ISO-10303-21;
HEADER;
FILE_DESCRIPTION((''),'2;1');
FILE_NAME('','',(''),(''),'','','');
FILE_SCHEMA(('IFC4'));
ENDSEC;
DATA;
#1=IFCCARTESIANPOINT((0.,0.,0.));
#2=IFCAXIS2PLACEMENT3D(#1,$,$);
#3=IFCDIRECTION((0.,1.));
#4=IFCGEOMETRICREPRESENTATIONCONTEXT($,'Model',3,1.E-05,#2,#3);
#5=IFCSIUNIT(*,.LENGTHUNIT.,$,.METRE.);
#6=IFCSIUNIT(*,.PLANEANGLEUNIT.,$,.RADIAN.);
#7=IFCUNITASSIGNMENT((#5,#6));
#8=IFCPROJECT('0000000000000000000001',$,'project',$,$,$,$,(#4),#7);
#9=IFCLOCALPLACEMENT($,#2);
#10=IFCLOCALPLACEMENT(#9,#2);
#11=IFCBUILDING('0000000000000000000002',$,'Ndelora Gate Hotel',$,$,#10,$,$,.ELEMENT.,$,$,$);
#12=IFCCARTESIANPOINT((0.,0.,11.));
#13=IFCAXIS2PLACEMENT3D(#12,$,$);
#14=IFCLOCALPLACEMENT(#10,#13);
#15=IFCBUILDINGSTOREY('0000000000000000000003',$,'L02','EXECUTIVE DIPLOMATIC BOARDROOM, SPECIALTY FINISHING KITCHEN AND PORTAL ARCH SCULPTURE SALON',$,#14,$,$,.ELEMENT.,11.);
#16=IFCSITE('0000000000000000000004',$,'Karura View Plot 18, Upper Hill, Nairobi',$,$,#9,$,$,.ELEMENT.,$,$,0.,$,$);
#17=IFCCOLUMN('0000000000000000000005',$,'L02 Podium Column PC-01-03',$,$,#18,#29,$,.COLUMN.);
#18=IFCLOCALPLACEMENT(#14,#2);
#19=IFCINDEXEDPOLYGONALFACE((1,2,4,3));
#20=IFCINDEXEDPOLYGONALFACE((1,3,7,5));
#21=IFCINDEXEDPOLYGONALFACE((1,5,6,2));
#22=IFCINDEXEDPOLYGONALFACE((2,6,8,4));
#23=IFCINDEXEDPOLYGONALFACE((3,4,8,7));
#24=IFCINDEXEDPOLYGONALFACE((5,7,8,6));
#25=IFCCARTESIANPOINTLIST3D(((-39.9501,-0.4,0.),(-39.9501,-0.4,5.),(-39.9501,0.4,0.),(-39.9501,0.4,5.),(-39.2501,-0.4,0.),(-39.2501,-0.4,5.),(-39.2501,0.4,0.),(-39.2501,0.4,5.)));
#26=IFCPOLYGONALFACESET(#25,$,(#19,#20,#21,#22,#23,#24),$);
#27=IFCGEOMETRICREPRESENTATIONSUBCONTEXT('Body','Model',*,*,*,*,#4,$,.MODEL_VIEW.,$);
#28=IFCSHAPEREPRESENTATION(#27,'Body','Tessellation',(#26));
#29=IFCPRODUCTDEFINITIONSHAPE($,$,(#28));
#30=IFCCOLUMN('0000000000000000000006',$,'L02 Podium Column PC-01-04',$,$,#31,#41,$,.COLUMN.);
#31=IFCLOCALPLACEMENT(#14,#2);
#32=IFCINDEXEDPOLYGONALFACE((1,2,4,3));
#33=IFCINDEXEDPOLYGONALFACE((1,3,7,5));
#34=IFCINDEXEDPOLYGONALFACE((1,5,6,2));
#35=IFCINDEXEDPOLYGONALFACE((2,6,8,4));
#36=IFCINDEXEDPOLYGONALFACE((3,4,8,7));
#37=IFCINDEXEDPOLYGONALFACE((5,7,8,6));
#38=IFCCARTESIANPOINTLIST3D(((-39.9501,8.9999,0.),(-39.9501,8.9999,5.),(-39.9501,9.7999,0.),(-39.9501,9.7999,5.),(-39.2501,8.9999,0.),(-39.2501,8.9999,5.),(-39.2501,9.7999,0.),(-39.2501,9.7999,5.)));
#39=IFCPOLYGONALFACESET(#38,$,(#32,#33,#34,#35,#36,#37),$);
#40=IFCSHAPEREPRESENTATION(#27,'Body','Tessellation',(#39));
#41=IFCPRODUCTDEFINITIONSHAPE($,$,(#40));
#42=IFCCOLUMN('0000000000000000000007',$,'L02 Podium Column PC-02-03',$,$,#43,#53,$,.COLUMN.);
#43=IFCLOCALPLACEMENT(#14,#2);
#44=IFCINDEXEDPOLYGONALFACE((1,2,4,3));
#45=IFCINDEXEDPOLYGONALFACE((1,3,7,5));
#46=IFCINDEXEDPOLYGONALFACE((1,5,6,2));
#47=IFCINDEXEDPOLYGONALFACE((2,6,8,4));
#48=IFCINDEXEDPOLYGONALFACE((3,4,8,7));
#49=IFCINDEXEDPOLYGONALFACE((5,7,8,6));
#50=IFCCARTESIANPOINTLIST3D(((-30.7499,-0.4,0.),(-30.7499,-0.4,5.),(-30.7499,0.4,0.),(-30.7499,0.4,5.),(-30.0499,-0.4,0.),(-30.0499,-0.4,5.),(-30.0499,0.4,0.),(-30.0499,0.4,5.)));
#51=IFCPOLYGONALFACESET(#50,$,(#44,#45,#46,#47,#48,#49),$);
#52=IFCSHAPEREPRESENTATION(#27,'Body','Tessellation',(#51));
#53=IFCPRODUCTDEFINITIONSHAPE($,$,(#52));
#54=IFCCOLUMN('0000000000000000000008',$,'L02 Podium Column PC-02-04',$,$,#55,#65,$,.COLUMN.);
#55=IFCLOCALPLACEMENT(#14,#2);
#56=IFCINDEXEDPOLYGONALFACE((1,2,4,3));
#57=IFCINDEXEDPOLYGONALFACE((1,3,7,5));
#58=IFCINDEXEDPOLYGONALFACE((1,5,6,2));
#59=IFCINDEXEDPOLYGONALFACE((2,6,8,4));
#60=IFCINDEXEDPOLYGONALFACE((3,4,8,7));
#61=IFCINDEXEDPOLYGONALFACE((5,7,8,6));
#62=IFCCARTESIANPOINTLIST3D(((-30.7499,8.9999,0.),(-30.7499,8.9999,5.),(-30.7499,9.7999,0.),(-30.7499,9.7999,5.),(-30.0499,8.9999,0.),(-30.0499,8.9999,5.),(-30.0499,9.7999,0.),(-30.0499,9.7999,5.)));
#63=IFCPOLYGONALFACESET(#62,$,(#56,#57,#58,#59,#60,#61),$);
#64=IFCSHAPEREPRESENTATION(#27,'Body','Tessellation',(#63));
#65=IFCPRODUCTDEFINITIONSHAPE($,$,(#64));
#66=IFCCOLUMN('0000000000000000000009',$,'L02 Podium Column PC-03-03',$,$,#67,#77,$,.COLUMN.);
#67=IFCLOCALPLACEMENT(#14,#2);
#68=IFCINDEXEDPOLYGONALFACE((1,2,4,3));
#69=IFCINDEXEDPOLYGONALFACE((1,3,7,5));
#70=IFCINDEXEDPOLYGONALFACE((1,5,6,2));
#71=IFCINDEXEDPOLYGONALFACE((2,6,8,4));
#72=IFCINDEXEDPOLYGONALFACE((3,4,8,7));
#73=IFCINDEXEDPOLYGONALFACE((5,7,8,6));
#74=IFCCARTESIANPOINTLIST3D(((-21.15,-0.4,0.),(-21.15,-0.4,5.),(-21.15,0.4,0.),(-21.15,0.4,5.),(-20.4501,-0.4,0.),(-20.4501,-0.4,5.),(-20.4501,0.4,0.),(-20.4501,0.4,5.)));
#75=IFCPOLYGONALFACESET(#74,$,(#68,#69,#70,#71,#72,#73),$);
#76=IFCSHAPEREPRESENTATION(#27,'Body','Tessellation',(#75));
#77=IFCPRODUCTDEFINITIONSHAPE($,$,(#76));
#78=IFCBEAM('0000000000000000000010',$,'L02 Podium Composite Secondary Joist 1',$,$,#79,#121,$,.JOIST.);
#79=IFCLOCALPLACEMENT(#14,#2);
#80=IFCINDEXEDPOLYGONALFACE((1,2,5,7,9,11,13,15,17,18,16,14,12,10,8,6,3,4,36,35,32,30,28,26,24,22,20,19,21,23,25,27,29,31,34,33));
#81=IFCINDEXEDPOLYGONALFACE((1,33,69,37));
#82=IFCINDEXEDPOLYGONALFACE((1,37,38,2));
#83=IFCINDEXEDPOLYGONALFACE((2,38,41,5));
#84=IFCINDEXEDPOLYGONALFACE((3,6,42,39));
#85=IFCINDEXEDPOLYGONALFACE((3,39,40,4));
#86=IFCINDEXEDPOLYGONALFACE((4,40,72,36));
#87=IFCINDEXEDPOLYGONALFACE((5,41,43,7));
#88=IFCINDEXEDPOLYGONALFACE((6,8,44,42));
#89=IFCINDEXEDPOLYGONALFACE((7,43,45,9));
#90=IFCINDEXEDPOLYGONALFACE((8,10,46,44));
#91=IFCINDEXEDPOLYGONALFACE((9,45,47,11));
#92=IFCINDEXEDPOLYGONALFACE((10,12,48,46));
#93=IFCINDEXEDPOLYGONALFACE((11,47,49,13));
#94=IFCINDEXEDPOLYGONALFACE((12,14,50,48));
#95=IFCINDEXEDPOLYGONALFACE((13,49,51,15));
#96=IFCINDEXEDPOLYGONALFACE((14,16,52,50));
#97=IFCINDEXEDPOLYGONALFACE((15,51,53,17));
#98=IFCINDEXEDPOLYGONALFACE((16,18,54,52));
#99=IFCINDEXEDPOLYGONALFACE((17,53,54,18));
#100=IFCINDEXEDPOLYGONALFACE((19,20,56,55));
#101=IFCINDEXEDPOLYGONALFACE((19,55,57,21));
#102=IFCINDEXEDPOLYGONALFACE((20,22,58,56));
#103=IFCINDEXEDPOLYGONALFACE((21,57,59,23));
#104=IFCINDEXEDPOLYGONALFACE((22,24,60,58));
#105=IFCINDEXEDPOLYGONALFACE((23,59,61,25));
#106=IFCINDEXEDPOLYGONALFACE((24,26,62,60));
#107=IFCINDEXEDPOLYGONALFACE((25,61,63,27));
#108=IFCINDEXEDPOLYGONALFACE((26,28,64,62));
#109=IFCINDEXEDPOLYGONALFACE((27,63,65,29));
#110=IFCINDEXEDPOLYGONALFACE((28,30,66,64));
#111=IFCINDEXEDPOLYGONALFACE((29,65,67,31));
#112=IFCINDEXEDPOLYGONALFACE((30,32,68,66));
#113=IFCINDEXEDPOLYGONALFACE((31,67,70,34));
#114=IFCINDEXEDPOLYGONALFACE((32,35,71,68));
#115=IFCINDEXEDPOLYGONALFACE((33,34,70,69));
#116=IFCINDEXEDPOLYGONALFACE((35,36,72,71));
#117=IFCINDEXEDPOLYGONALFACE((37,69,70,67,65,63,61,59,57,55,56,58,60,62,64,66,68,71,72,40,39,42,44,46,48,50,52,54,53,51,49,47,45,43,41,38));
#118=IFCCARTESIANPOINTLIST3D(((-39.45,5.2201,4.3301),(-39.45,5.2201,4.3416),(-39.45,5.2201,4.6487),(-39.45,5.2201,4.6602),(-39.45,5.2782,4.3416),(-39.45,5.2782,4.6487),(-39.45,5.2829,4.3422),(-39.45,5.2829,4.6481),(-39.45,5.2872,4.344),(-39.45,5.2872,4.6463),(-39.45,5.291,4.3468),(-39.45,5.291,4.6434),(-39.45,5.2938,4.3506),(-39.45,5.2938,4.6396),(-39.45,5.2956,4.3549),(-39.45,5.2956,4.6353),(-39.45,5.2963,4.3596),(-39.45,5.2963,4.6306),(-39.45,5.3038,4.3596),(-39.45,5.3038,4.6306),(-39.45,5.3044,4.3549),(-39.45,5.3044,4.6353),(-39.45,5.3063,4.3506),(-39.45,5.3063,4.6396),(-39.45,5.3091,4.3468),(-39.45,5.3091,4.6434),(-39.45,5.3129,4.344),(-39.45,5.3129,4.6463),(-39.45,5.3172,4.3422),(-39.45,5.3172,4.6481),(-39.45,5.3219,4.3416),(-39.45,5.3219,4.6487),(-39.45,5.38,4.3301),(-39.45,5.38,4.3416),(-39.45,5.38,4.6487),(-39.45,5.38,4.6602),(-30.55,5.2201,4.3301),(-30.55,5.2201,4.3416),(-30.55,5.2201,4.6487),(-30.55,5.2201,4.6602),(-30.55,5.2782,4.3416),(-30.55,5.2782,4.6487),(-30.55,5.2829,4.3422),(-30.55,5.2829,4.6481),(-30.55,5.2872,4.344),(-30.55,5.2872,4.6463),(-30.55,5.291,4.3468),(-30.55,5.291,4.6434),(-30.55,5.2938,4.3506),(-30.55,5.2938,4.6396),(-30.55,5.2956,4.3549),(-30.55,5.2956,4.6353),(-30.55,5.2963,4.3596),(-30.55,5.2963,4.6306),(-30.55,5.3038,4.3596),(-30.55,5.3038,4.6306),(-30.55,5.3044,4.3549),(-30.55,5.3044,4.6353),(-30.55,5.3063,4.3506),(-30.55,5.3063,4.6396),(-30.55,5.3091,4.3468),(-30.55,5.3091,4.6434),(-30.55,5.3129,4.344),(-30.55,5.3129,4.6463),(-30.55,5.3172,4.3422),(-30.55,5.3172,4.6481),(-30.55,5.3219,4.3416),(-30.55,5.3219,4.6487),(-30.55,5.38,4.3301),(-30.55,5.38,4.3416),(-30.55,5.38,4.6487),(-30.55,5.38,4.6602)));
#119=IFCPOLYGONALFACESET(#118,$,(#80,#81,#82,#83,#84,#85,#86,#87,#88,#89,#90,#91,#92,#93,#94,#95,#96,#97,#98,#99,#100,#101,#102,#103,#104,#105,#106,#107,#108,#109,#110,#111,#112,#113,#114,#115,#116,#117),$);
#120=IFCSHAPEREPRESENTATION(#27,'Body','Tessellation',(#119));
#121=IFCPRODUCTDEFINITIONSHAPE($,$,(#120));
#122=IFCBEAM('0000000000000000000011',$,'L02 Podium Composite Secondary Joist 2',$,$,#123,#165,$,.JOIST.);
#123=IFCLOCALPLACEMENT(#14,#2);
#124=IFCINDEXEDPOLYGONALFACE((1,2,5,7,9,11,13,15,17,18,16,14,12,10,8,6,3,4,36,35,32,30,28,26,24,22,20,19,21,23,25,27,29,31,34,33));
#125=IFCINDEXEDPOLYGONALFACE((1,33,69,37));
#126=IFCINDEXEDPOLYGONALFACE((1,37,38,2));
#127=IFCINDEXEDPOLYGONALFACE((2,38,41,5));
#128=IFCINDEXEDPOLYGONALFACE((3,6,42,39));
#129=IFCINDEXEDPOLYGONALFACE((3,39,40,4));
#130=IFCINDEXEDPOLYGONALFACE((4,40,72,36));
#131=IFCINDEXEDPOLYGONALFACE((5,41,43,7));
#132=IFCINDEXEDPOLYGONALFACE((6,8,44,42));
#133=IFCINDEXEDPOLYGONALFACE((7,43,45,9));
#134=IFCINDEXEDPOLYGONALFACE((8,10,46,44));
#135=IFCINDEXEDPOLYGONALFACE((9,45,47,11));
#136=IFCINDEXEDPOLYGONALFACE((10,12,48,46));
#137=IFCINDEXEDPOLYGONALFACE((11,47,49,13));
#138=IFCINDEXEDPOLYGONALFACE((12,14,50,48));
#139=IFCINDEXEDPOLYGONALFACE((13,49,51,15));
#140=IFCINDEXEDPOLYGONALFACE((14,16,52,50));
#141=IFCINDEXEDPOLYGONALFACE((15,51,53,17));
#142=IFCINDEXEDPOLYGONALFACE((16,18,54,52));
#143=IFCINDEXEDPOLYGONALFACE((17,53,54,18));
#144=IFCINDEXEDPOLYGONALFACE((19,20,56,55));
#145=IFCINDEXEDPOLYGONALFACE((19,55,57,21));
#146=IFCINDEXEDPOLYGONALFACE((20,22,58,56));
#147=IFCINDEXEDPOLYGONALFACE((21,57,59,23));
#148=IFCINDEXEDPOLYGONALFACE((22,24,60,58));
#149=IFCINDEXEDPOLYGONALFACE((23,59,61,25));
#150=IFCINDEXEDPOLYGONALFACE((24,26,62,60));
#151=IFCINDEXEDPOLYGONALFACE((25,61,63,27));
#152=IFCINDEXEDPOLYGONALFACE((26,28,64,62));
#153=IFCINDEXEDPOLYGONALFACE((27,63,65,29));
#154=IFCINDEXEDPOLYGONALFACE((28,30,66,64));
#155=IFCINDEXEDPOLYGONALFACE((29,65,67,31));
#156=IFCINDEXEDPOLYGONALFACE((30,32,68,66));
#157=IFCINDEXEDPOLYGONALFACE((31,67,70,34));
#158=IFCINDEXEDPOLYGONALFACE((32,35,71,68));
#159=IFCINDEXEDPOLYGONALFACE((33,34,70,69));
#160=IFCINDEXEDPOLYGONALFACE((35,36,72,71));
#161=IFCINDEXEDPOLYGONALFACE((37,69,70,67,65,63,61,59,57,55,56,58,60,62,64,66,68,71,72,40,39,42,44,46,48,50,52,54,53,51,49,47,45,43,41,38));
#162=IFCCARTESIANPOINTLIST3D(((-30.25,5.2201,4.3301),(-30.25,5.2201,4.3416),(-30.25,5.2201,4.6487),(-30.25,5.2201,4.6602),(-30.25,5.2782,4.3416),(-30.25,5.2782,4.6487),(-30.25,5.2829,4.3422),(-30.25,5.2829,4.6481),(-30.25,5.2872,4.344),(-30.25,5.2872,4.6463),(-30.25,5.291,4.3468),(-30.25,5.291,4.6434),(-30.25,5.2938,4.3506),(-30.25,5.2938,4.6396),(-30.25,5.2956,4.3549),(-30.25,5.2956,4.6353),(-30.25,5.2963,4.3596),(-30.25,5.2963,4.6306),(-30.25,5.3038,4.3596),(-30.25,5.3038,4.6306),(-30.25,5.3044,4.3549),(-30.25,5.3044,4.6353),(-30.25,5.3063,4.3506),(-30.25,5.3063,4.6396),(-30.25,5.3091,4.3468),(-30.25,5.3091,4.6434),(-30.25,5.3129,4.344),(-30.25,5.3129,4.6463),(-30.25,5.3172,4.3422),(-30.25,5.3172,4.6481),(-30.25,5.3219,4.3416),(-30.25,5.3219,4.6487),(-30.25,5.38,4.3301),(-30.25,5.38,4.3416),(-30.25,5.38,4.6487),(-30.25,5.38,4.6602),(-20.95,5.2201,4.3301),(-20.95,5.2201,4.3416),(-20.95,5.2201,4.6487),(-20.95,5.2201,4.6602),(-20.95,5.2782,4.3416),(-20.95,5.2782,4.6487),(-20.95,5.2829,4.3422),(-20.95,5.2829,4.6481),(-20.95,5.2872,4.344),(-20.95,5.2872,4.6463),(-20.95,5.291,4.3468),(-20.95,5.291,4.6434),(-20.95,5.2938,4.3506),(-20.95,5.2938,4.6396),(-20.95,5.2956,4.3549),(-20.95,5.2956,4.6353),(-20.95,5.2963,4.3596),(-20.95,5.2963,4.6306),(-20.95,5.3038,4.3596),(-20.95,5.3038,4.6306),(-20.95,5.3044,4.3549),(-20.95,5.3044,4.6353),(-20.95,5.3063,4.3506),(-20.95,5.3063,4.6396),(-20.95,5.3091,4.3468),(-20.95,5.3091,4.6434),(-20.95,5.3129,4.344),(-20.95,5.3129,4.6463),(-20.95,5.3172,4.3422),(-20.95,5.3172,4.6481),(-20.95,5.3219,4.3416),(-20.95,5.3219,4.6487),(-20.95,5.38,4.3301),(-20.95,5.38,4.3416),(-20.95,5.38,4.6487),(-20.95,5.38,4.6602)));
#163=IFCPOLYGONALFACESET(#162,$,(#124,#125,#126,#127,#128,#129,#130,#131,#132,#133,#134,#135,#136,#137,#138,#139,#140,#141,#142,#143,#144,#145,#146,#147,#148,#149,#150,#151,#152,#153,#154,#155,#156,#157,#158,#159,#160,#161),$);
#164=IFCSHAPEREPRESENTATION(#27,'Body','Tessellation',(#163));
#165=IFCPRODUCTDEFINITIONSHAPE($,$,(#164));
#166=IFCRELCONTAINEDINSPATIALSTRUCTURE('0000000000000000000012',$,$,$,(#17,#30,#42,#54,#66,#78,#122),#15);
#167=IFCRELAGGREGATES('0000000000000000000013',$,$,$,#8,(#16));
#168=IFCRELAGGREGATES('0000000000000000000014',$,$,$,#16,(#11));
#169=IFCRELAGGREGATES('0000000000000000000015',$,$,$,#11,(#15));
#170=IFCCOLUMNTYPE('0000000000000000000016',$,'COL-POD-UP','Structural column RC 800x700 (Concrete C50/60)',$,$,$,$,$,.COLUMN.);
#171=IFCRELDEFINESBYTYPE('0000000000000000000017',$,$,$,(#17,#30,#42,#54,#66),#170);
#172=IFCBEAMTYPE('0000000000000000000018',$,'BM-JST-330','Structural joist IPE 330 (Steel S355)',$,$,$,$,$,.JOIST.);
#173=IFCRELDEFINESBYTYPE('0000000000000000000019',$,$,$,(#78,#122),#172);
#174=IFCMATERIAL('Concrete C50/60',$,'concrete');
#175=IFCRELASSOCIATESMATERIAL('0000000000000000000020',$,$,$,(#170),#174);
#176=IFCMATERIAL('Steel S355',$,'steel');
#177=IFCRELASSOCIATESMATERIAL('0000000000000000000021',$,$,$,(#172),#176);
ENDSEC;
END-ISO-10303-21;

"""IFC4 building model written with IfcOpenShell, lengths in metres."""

from ifc_helpers import new_model, si_unit, direction, frame, origin, origin_2d, place, context, subcontext, project, spatial, rectangle, i_section, extrude, material, material_profile, profile_set, type_object, element, save


model = new_model("IFC4")

# Units and contexts
model_context = context("Model", 3, precision=1e-05, world=origin(), true_north=direction((0.0, 1.0)))
body_context = subcontext(model_context, "Body", "Model", "MODEL_VIEW")
ifc_project = project(units=[si_unit("LENGTHUNIT", "METRE"), si_unit("PLANEANGLEUNIT", "RADIAN")], contexts=[model_context])

# Site, building, storey
site_placement = place(None, origin())
site = spatial("IfcSite", under=ifc_project, at=site_placement, Name="Karura View Plot 18, Upper Hill, Nairobi", CompositionType="ELEMENT", RefElevation=0.0)
building_placement = place(site_placement, origin())
building = spatial("IfcBuilding", under=site, at=building_placement, Name="Ndelora Gate Hotel", CompositionType="ELEMENT")
storey_placement = place(building_placement, frame((0.0, 0.0, 11.0)))
storey = spatial("IfcBuildingStorey", under=building, at=storey_placement, Name="L02", Description="EXECUTIVE DIPLOMATIC BOARDROOM, SPECIALTY FINISHING KITCHEN AND PORTAL ARCH SCULPTURE SALON", CompositionType="ELEMENT", Elevation=11.0)

# Columns
ifc_material_1 = material(Name="Concrete C50/60", Category="concrete")
ifc_material_profile_1 = material_profile(ifc_material_1, rectangle(XDim=0.7, YDim=0.8, at=origin_2d()), Name="RC 800x700")
ifc_profile_set_1 = profile_set([ifc_material_profile_1], Name="Concrete C50/60")
column_type = type_object("IfcColumnType", Name="COL-POD-UP", Description="Structural column RC 800x700 (Concrete C50/60)", PredefinedType="COLUMN", material=ifc_profile_set_1)
for number, where, z_axis, x_axis, name in (
    (1, (-39.6001, 0.0, 0.0), (0.0, 0.0, 1.0), (1.0, 0.0, 0.0), "L02 Podium Column PC-01-03"),
    (2, (-39.6001, 9.3999, 0.0), (0.0, 0.0, 1.0), (1.0, 0.0, 0.0), "L02 Podium Column PC-01-04"),
    (3, (-30.3999, 0.0, 0.0), (0.0, 0.0, 1.0), (1.0, 0.0, 0.0), "L02 Podium Column PC-02-03"),
    (4, (-30.3999, 9.3999, 0.0), (0.0, 0.0, 1.0), (1.0, 0.0, 0.0), "L02 Podium Column PC-02-04"),
    (5, (-20.8, 0.0, 0.0), (0.0, 0.0, 1.0), (1.0, 0.0, 0.0), "L02 Podium Column PC-03-03"),
):
    element("IfcColumn", number, at=place(storey_placement, frame(where, z_axis=z_axis, x_axis=x_axis)), inside=storey, type_object=column_type, Name=name, PredefinedType="COLUMN", context=body_context, shape_type="SweptSolid", body=[
        extrude(rectangle(XDim=0.7, YDim=0.8, at=origin_2d()), origin(), (0.0, 0.0, 1.0), 5.0),
    ])

# Beams
ifc_material_2 = material(Name="Steel S355", Category="steel")
ifc_material_profile_2 = material_profile(ifc_material_2, i_section(OverallWidth=0.1599, OverallDepth=0.3301, WebThickness=0.0076, FlangeThickness=0.0115, FilletRadius=0.0181, at=origin_2d()), Name="IPE 330")
ifc_profile_set_2 = profile_set([ifc_material_profile_2], Name="Steel S355")
beam_type_1 = type_object("IfcBeamType", Name="BM-JST-330", Description="Structural joist IPE 330 (Steel S355)", PredefinedType="JOIST", material=ifc_profile_set_2)
beam_1_placement = place(storey_placement, frame((-39.45, 5.3, 4.4951), z_axis=(1.0, 0.0, 0.0), x_axis=(0.0, 1.0, 0.0)))
element("IfcBeam", 6, at=beam_1_placement, inside=storey, type_object=beam_type_1, Name="L02 Podium Composite Secondary Joist 1", PredefinedType="JOIST", context=body_context, shape_type="SweptSolid", body=[
    extrude(i_section(OverallWidth=0.1599, OverallDepth=0.3301, WebThickness=0.0076, FlangeThickness=0.0115, FilletRadius=0.0181, at=origin_2d()), origin(), (0.0, 0.0, 1.0), 8.8999),
])
beam_2_placement = place(storey_placement, frame((-30.25, 5.3, 4.4951), z_axis=(1.0, 0.0, 0.0), x_axis=(0.0, 1.0, 0.0)))
element("IfcBeam", 7, at=beam_2_placement, inside=storey, type_object=beam_type_1, Name="L02 Podium Composite Secondary Joist 2", PredefinedType="JOIST", context=body_context, shape_type="SweptSolid", body=[
    extrude(i_section(OverallWidth=0.1599, OverallDepth=0.3301, WebThickness=0.0076, FlangeThickness=0.0115, FilletRadius=0.0181, at=origin_2d()), origin(), (0.0, 0.0, 1.0), 9.3),
])

save(model, "model.ifc")
